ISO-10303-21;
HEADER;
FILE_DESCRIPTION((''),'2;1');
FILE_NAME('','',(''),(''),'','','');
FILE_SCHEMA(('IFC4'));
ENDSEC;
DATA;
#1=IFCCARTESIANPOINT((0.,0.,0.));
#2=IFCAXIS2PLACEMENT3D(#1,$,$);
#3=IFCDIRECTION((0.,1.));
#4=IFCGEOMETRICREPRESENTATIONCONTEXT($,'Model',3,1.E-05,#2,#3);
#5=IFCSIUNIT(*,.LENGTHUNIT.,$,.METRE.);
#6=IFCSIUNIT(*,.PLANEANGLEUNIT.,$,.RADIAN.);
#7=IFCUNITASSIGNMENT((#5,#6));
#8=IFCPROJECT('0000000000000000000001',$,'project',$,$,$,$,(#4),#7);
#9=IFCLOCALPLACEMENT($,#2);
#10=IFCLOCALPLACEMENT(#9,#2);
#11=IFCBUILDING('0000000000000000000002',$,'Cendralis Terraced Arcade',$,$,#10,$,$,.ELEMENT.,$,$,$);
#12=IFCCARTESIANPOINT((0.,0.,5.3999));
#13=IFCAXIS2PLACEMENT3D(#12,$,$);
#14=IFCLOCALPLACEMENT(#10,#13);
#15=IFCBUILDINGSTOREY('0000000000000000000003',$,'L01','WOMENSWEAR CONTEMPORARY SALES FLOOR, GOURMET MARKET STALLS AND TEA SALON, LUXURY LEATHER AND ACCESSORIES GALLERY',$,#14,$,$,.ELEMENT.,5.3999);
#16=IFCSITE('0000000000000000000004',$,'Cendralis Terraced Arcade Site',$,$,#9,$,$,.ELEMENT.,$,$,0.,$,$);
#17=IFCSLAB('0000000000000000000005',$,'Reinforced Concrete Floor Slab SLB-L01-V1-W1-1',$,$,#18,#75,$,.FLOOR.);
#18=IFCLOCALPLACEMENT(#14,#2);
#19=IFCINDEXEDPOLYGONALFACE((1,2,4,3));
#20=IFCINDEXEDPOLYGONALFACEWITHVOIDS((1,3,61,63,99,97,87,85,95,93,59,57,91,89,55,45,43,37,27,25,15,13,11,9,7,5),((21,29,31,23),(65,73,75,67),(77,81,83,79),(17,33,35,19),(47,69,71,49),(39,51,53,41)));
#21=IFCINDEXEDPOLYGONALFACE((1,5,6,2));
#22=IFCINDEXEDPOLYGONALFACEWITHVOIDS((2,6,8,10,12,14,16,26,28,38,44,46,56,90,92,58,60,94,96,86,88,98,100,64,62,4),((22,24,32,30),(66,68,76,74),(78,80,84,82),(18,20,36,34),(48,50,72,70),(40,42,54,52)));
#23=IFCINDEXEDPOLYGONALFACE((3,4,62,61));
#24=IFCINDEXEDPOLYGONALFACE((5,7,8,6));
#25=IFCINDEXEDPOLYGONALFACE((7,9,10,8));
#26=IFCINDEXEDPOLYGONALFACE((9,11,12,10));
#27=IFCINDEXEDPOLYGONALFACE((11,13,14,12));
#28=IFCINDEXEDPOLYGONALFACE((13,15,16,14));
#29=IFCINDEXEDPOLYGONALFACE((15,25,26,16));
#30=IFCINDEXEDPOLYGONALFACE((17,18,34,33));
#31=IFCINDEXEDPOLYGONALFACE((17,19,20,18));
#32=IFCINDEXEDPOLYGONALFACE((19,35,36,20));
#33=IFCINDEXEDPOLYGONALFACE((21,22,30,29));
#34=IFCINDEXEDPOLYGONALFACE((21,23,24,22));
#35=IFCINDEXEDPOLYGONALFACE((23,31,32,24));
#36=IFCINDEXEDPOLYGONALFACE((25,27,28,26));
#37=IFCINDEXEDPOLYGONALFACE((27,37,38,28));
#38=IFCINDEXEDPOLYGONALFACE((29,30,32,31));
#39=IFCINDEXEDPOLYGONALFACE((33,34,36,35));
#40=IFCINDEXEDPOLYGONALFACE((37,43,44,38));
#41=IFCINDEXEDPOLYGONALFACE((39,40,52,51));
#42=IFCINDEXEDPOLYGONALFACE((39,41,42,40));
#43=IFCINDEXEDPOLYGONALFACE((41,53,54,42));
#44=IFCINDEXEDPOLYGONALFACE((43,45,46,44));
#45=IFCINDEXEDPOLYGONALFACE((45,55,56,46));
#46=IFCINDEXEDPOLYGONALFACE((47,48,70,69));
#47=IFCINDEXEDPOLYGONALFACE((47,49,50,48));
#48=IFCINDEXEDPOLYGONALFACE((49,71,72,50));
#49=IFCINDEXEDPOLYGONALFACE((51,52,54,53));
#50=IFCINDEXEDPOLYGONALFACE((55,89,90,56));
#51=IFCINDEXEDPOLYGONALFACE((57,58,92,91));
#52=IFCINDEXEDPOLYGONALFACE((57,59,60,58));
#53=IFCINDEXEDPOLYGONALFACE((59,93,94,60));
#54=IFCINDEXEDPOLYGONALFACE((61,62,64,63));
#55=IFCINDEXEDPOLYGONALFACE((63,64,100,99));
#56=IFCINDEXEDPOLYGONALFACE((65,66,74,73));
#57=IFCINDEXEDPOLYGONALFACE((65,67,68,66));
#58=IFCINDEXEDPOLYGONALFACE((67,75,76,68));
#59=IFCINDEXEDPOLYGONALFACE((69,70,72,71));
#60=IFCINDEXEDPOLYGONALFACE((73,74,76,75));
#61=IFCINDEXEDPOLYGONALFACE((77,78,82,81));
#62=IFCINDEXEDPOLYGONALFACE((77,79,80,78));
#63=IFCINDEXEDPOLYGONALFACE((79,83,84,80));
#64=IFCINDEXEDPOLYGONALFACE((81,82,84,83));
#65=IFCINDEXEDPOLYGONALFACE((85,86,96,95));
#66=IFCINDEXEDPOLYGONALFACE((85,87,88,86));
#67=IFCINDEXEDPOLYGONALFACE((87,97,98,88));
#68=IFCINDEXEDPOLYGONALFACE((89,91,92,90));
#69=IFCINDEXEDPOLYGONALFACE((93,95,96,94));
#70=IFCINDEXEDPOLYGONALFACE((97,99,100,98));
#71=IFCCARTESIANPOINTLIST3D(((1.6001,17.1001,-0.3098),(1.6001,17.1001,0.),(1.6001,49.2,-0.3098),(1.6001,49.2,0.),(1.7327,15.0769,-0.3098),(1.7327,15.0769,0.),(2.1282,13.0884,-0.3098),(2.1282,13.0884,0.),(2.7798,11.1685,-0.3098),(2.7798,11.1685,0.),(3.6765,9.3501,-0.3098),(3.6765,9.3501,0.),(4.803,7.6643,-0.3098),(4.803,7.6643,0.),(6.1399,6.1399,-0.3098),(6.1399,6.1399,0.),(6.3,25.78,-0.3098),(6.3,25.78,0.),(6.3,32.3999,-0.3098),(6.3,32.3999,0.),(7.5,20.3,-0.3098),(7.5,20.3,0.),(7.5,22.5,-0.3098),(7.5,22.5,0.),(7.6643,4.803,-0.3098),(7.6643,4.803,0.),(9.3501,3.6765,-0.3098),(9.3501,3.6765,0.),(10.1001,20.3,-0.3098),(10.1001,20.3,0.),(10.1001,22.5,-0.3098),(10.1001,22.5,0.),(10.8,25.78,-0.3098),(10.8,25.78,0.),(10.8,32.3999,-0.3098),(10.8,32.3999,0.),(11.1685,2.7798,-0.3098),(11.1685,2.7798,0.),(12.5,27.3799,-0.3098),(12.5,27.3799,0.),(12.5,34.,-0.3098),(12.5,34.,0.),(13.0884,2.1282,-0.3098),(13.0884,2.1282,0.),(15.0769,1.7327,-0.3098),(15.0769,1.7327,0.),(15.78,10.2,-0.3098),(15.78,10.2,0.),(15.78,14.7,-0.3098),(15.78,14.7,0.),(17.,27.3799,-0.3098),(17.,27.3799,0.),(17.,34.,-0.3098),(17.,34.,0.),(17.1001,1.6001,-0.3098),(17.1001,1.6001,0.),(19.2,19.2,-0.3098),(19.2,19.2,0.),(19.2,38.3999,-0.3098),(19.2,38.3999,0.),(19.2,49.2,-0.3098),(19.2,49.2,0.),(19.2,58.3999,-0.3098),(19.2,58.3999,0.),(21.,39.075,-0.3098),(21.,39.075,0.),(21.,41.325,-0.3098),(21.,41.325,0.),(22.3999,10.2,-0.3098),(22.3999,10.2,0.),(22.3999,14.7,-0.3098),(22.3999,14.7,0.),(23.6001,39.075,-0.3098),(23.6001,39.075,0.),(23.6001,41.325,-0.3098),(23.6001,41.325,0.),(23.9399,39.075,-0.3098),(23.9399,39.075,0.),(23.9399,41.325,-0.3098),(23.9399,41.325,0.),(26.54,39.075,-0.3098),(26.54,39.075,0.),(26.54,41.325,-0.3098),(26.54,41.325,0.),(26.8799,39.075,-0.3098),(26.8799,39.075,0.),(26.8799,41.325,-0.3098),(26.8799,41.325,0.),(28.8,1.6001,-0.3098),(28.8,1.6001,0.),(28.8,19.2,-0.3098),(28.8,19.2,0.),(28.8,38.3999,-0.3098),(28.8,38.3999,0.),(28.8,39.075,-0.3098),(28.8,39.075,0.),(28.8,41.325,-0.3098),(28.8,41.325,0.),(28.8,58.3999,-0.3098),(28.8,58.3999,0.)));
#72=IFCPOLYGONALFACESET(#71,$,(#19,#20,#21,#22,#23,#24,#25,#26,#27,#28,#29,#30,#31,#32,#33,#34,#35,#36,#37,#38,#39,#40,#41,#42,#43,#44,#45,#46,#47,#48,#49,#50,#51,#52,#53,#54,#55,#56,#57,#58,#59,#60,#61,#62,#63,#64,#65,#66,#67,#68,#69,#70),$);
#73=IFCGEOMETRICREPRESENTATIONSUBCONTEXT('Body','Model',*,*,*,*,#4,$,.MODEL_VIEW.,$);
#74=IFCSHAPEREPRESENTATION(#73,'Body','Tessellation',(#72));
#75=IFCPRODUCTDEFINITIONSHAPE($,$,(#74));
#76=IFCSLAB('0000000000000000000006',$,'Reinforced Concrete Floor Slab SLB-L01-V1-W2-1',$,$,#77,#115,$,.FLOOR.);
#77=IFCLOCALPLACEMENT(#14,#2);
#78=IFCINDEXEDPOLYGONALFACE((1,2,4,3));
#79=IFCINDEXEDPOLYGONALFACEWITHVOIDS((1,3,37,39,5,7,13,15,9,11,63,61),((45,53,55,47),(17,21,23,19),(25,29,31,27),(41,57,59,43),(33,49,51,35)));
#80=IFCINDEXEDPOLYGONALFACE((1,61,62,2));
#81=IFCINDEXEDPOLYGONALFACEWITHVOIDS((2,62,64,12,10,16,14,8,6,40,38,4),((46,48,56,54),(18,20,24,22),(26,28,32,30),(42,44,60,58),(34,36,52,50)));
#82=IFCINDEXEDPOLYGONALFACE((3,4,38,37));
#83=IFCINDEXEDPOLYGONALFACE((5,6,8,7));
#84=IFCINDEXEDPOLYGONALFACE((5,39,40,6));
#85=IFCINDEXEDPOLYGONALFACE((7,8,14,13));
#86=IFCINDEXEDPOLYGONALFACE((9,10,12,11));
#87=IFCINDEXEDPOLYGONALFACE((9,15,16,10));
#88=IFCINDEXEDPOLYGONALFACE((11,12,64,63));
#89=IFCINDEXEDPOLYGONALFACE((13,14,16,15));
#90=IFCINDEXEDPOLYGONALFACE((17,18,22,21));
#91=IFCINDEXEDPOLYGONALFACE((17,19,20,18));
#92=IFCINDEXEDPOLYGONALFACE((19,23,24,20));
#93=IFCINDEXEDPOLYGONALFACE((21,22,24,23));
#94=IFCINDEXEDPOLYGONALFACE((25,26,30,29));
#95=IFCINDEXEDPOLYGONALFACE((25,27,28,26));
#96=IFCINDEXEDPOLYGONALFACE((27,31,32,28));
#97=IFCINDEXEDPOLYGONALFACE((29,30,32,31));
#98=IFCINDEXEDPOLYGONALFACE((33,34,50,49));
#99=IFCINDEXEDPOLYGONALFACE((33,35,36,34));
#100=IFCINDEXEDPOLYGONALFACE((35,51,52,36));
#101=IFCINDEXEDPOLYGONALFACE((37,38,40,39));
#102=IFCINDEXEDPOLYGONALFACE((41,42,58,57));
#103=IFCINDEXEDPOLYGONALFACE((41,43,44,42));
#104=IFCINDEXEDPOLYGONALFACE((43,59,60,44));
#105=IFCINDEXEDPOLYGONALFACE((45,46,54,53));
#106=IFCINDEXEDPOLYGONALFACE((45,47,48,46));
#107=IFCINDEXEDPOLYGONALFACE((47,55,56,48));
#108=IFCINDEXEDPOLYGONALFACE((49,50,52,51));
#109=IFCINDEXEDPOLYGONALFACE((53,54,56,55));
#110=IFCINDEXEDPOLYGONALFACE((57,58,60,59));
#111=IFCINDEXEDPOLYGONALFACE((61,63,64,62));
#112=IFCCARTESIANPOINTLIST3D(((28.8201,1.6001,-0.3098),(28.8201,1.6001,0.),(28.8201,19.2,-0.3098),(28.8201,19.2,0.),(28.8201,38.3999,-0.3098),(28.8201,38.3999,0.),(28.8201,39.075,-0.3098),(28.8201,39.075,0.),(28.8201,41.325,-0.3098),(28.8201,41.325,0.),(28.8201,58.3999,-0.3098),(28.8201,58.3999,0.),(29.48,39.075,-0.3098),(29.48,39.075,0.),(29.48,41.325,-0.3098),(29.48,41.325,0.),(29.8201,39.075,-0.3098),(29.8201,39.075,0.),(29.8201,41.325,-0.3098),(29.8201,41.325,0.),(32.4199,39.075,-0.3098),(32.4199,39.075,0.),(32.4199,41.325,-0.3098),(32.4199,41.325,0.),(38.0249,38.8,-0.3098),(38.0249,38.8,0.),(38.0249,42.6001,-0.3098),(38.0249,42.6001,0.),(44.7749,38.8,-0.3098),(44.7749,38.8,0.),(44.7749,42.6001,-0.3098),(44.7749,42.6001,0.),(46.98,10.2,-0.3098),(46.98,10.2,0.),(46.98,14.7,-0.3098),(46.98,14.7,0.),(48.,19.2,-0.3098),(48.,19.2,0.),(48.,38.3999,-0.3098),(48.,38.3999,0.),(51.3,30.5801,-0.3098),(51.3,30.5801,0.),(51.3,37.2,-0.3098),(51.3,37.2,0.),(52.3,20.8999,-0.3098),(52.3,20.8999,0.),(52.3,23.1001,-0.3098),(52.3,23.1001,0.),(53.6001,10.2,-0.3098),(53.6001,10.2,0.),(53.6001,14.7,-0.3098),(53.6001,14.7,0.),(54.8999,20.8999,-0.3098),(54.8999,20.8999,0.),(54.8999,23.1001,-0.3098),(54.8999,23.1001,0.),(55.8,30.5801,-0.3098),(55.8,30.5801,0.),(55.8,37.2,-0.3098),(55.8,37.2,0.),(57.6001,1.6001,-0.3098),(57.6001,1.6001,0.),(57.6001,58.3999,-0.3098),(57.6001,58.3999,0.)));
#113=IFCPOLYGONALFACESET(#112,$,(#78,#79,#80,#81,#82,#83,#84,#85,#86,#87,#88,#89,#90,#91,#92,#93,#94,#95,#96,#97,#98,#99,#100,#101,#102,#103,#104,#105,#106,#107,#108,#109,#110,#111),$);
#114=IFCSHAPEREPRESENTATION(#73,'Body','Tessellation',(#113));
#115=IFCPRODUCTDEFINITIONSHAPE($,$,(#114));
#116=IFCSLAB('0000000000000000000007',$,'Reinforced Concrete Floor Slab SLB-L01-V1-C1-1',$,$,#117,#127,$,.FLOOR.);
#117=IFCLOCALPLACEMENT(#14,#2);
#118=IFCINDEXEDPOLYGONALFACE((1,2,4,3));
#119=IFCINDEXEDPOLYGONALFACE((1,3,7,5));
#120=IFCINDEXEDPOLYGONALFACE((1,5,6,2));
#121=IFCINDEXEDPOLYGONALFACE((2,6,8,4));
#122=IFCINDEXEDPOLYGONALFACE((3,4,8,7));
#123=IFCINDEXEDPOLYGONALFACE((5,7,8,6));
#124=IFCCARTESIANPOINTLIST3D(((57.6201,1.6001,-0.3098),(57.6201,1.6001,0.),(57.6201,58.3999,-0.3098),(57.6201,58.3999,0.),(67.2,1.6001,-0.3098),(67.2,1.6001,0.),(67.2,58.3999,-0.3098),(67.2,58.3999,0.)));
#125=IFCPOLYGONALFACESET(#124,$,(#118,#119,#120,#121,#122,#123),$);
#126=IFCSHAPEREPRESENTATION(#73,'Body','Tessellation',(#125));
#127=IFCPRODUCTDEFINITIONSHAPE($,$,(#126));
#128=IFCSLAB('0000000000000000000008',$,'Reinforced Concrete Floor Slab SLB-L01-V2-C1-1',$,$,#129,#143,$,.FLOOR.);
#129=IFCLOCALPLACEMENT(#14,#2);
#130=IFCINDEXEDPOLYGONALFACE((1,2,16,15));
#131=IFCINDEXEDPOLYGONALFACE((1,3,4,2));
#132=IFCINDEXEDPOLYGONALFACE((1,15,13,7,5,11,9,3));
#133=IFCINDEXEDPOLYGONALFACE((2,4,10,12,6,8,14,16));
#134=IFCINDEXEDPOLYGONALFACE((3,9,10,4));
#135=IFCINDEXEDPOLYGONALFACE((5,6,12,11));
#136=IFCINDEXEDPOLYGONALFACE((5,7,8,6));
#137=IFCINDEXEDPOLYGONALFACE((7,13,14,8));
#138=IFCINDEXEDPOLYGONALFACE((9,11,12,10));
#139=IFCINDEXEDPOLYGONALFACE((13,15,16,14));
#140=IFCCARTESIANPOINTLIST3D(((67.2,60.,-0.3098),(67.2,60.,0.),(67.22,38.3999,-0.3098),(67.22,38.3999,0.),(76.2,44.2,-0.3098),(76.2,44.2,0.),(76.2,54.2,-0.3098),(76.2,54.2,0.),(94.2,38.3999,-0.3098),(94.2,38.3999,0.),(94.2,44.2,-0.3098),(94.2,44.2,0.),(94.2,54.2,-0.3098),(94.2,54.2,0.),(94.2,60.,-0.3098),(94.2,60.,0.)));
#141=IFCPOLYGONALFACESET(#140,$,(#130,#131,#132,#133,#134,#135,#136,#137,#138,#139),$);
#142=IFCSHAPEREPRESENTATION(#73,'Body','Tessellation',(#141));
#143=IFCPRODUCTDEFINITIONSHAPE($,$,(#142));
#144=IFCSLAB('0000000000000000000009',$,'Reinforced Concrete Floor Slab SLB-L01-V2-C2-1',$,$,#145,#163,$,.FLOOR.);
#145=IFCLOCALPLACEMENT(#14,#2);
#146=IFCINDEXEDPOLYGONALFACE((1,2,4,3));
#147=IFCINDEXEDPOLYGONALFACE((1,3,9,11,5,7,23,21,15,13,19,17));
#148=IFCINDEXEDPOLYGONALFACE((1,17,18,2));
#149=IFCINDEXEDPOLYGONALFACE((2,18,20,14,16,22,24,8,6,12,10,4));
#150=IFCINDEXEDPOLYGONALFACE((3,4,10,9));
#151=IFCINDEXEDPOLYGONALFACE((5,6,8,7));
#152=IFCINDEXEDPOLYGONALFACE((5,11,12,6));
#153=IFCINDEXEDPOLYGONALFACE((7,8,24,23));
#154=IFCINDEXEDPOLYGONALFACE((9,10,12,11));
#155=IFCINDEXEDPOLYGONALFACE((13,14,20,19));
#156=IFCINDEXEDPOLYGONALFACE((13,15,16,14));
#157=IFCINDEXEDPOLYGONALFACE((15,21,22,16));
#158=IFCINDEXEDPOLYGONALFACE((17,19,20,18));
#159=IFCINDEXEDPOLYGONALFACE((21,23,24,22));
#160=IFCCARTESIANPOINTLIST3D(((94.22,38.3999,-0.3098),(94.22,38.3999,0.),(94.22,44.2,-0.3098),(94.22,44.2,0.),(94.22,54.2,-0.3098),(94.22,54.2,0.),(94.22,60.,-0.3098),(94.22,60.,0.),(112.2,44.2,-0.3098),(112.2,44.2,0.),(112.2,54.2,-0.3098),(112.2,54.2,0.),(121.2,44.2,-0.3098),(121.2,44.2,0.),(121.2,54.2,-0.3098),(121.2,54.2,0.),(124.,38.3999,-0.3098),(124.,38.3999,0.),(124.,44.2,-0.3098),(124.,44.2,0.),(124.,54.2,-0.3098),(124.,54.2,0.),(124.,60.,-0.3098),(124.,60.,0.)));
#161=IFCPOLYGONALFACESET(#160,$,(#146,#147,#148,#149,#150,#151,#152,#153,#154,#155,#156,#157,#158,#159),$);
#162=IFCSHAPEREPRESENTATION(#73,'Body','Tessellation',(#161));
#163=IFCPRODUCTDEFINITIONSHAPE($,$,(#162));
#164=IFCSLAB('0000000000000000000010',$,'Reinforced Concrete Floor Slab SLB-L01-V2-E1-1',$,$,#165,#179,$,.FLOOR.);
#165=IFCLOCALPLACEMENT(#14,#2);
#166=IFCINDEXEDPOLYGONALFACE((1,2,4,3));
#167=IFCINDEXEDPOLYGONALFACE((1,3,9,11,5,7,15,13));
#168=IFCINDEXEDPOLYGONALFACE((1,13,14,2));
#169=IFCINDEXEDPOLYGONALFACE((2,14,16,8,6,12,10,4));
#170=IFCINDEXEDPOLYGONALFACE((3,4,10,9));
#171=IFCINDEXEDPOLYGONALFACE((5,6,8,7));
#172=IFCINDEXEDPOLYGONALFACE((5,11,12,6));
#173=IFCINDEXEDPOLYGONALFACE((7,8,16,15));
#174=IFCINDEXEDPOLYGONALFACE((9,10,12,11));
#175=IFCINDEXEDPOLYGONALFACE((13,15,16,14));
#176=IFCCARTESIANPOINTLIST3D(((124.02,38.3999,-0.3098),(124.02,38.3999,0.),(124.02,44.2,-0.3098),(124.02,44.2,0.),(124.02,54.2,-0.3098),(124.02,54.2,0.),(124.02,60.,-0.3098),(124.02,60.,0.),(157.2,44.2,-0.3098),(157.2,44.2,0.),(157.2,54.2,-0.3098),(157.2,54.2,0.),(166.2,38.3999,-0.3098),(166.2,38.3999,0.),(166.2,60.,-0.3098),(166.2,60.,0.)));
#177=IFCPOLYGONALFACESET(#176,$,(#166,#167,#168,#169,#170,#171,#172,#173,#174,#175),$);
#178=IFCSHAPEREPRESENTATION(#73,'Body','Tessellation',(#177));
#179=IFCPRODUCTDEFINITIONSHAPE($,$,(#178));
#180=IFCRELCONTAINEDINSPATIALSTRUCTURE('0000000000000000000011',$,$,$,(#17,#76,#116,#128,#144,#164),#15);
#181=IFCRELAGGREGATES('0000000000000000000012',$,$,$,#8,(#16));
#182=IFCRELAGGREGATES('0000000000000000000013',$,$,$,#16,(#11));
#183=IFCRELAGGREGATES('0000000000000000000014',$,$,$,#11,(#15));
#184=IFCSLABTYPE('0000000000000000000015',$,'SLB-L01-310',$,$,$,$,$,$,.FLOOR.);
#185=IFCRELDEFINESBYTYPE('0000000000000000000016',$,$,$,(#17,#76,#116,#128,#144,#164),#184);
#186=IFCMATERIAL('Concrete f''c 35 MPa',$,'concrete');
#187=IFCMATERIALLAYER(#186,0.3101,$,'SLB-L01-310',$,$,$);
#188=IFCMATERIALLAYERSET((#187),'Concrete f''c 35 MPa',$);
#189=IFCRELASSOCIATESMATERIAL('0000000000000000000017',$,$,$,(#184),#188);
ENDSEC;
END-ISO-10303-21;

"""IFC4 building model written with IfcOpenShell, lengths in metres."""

from ifc_helpers import new_model, si_unit, direction, frame, origin, place, context, subcontext, project, spatial, polyline, outline, extrude, material, layer, layer_set, type_object, element, save


model = new_model("IFC4")

# Units and contexts
model_context = context("Model", 3, precision=1e-05, world=origin(), true_north=direction((0.0, 1.0)))
body_context = subcontext(model_context, "Body", "Model", "MODEL_VIEW")
ifc_project = project(units=[si_unit("LENGTHUNIT", "METRE"), si_unit("PLANEANGLEUNIT", "RADIAN")], contexts=[model_context])

# Site, building, storey
site_placement = place(None, origin())
site = spatial("IfcSite", under=ifc_project, at=site_placement, Name="Cendralis Terraced Arcade Site", CompositionType="ELEMENT", RefElevation=0.0)
building_placement = place(site_placement, origin())
building = spatial("IfcBuilding", under=site, at=building_placement, Name="Cendralis Terraced Arcade", CompositionType="ELEMENT")
storey_placement = place(building_placement, frame((0.0, 0.0, 5.3999)))
storey = spatial("IfcBuildingStorey", under=building, at=storey_placement, Name="L01", Description="WOMENSWEAR CONTEMPORARY SALES FLOOR, GOURMET MARKET STALLS AND TEA SALON, LUXURY LEATHER AND ACCESSORIES GALLERY", CompositionType="ELEMENT", Elevation=5.3999)

# Slabs
ifc_material_1 = material(Name="Concrete f'c 35 MPa", Category="concrete")
ifc_layer_1 = layer(ifc_material_1, 0.3101, Name="SLB-L01-310")
ifc_layer_set_1 = layer_set([ifc_layer_1], Name="Concrete f'c 35 MPa")
slab_type_1 = type_object("IfcSlabType", Name="SLB-L01-310", PredefinedType="FLOOR", material=ifc_layer_set_1)
slab_1_placement = place(storey_placement, frame((0.0, 0.0, -0.3098)))
element("IfcSlab", 1, at=slab_1_placement, inside=storey, type_object=slab_type_1, Name="Reinforced Concrete Floor Slab SLB-L01-V1-W1-1", PredefinedType="FLOOR", context=body_context, shape_type="SweptSolid", body=[
    extrude(outline(polyline([(19.2, 49.2), (19.2, 58.3999), (28.8, 58.3999), (28.8, 41.325), (26.8799, 41.325), (26.8799, 39.075), (28.8, 39.075), (28.8, 38.3999), (19.2, 38.3999), (19.2, 19.2), (28.8, 19.2), (28.8, 1.6001), (17.1001, 1.6001), (15.0769, 1.7327), (13.0884, 2.1282), (11.1685, 2.7798), (9.3501, 3.6765), (7.6643, 4.803), (6.1399, 6.1399), (4.803, 7.6643), (3.6765, 9.3501), (2.7798, 11.1685), (2.1282, 13.0884), (1.7327, 15.0769), (1.6001, 17.1001), (1.6001, 49.2), (19.2, 49.2)]), holes=[polyline([(22.3999, 14.7), (15.78, 14.7), (15.78, 10.2), (22.3999, 10.2), (22.3999, 14.7)]), polyline([(10.1001, 20.3), (10.1001, 22.5), (7.5, 22.5), (7.5, 20.3), (10.1001, 20.3)]), polyline([(10.8, 25.78), (10.8, 32.3999), (6.3, 32.3999), (6.3, 25.78), (10.8, 25.78)]), polyline([(17.0, 27.3799), (17.0, 34.0), (12.5, 34.0), (12.5, 27.3799), (17.0, 27.3799)]), polyline([(23.6001, 41.325), (21.0, 41.325), (21.0, 39.075), (23.6001, 39.075), (23.6001, 41.325)]), polyline([(26.54, 39.075), (26.54, 41.325), (23.9399, 41.325), (23.9399, 39.075), (26.54, 39.075)])]), origin(), (0.0, 0.0, 1.0), 0.3098),
])
slab_2_placement = place(storey_placement, frame((0.0, 0.0, -0.3098)))
element("IfcSlab", 2, at=slab_2_placement, inside=storey, type_object=slab_type_1, Name="Reinforced Concrete Floor Slab SLB-L01-V1-W2-1", PredefinedType="FLOOR", context=body_context, shape_type="SweptSolid", body=[
    extrude(outline(polyline([(28.8201, 1.6001), (28.8201, 19.2), (48.0, 19.2), (48.0, 38.3999), (28.8201, 38.3999), (28.8201, 39.075), (29.48, 39.075), (29.48, 41.325), (28.8201, 41.325), (28.8201, 58.3999), (57.6001, 58.3999), (57.6001, 1.6001), (28.8201, 1.6001)]), holes=[polyline([(53.6001, 14.7), (46.98, 14.7), (46.98, 10.2), (53.6001, 10.2), (53.6001, 14.7)]), polyline([(32.4199, 41.325), (29.8201, 41.325), (29.8201, 39.075), (32.4199, 39.075), (32.4199, 41.325)]), polyline([(44.7749, 42.6001), (38.0249, 42.6001), (38.0249, 38.8), (44.7749, 38.8), (44.7749, 42.6001)]), polyline([(54.8999, 23.1001), (52.3, 23.1001), (52.3, 20.8999), (54.8999, 20.8999), (54.8999, 23.1001)]), polyline([(55.8, 37.2), (51.3, 37.2), (51.3, 30.5801), (55.8, 30.5801), (55.8, 37.2)])]), origin(), (0.0, 0.0, 1.0), 0.3098),
])
slab_3_placement = place(storey_placement, frame((0.0, 0.0, -0.3098)))
element("IfcSlab", 3, at=slab_3_placement, inside=storey, type_object=slab_type_1, Name="Reinforced Concrete Floor Slab SLB-L01-V1-C1-1", PredefinedType="FLOOR", context=body_context, shape_type="SweptSolid", body=[
    extrude(outline(polyline([(57.6201, 1.6001), (57.6201, 58.3999), (67.2, 58.3999), (67.2, 1.6001), (57.6201, 1.6001)])), origin(), (0.0, 0.0, 1.0), 0.3098),
])
slab_4_placement = place(storey_placement, frame((0.0, 0.0, -0.3098)))
element("IfcSlab", 4, at=slab_4_placement, inside=storey, type_object=slab_type_1, Name="Reinforced Concrete Floor Slab SLB-L01-V2-C1-1", PredefinedType="FLOOR", context=body_context, shape_type="SweptSolid", body=[
    extrude(outline(polyline([(94.2, 54.2), (76.2, 54.2), (76.2, 44.2), (94.2, 44.2), (94.2, 38.3999), (67.22, 38.3999), (67.2, 60.0), (94.2, 60.0), (94.2, 54.2)])), origin(), (0.0, 0.0, 1.0), 0.3098),
])
slab_5_placement = place(storey_placement, frame((0.0, 0.0, -0.3098)))
element("IfcSlab", 5, at=slab_5_placement, inside=storey, type_object=slab_type_1, Name="Reinforced Concrete Floor Slab SLB-L01-V2-C2-1", PredefinedType="FLOOR", context=body_context, shape_type="SweptSolid", body=[
    extrude(outline(polyline([(121.2, 54.2), (121.2, 44.2), (124.0, 44.2), (124.0, 38.3999), (94.22, 38.3999), (94.22, 44.2), (112.2, 44.2), (112.2, 54.2), (94.22, 54.2), (94.22, 60.0), (124.0, 60.0), (124.0, 54.2), (121.2, 54.2)])), origin(), (0.0, 0.0, 1.0), 0.3098),
])
slab_6_placement = place(storey_placement, frame((0.0, 0.0, -0.3098)))
element("IfcSlab", 6, at=slab_6_placement, inside=storey, type_object=slab_type_1, Name="Reinforced Concrete Floor Slab SLB-L01-V2-E1-1", PredefinedType="FLOOR", context=body_context, shape_type="SweptSolid", body=[
    extrude(outline(polyline([(124.02, 38.3999), (124.02, 44.2), (157.2, 44.2), (157.2, 54.2), (124.02, 54.2), (124.02, 60.0), (166.2, 60.0), (166.2, 38.3999), (124.02, 38.3999)])), origin(), (0.0, 0.0, 1.0), 0.3098),
])

save(model, "model.ifc")
